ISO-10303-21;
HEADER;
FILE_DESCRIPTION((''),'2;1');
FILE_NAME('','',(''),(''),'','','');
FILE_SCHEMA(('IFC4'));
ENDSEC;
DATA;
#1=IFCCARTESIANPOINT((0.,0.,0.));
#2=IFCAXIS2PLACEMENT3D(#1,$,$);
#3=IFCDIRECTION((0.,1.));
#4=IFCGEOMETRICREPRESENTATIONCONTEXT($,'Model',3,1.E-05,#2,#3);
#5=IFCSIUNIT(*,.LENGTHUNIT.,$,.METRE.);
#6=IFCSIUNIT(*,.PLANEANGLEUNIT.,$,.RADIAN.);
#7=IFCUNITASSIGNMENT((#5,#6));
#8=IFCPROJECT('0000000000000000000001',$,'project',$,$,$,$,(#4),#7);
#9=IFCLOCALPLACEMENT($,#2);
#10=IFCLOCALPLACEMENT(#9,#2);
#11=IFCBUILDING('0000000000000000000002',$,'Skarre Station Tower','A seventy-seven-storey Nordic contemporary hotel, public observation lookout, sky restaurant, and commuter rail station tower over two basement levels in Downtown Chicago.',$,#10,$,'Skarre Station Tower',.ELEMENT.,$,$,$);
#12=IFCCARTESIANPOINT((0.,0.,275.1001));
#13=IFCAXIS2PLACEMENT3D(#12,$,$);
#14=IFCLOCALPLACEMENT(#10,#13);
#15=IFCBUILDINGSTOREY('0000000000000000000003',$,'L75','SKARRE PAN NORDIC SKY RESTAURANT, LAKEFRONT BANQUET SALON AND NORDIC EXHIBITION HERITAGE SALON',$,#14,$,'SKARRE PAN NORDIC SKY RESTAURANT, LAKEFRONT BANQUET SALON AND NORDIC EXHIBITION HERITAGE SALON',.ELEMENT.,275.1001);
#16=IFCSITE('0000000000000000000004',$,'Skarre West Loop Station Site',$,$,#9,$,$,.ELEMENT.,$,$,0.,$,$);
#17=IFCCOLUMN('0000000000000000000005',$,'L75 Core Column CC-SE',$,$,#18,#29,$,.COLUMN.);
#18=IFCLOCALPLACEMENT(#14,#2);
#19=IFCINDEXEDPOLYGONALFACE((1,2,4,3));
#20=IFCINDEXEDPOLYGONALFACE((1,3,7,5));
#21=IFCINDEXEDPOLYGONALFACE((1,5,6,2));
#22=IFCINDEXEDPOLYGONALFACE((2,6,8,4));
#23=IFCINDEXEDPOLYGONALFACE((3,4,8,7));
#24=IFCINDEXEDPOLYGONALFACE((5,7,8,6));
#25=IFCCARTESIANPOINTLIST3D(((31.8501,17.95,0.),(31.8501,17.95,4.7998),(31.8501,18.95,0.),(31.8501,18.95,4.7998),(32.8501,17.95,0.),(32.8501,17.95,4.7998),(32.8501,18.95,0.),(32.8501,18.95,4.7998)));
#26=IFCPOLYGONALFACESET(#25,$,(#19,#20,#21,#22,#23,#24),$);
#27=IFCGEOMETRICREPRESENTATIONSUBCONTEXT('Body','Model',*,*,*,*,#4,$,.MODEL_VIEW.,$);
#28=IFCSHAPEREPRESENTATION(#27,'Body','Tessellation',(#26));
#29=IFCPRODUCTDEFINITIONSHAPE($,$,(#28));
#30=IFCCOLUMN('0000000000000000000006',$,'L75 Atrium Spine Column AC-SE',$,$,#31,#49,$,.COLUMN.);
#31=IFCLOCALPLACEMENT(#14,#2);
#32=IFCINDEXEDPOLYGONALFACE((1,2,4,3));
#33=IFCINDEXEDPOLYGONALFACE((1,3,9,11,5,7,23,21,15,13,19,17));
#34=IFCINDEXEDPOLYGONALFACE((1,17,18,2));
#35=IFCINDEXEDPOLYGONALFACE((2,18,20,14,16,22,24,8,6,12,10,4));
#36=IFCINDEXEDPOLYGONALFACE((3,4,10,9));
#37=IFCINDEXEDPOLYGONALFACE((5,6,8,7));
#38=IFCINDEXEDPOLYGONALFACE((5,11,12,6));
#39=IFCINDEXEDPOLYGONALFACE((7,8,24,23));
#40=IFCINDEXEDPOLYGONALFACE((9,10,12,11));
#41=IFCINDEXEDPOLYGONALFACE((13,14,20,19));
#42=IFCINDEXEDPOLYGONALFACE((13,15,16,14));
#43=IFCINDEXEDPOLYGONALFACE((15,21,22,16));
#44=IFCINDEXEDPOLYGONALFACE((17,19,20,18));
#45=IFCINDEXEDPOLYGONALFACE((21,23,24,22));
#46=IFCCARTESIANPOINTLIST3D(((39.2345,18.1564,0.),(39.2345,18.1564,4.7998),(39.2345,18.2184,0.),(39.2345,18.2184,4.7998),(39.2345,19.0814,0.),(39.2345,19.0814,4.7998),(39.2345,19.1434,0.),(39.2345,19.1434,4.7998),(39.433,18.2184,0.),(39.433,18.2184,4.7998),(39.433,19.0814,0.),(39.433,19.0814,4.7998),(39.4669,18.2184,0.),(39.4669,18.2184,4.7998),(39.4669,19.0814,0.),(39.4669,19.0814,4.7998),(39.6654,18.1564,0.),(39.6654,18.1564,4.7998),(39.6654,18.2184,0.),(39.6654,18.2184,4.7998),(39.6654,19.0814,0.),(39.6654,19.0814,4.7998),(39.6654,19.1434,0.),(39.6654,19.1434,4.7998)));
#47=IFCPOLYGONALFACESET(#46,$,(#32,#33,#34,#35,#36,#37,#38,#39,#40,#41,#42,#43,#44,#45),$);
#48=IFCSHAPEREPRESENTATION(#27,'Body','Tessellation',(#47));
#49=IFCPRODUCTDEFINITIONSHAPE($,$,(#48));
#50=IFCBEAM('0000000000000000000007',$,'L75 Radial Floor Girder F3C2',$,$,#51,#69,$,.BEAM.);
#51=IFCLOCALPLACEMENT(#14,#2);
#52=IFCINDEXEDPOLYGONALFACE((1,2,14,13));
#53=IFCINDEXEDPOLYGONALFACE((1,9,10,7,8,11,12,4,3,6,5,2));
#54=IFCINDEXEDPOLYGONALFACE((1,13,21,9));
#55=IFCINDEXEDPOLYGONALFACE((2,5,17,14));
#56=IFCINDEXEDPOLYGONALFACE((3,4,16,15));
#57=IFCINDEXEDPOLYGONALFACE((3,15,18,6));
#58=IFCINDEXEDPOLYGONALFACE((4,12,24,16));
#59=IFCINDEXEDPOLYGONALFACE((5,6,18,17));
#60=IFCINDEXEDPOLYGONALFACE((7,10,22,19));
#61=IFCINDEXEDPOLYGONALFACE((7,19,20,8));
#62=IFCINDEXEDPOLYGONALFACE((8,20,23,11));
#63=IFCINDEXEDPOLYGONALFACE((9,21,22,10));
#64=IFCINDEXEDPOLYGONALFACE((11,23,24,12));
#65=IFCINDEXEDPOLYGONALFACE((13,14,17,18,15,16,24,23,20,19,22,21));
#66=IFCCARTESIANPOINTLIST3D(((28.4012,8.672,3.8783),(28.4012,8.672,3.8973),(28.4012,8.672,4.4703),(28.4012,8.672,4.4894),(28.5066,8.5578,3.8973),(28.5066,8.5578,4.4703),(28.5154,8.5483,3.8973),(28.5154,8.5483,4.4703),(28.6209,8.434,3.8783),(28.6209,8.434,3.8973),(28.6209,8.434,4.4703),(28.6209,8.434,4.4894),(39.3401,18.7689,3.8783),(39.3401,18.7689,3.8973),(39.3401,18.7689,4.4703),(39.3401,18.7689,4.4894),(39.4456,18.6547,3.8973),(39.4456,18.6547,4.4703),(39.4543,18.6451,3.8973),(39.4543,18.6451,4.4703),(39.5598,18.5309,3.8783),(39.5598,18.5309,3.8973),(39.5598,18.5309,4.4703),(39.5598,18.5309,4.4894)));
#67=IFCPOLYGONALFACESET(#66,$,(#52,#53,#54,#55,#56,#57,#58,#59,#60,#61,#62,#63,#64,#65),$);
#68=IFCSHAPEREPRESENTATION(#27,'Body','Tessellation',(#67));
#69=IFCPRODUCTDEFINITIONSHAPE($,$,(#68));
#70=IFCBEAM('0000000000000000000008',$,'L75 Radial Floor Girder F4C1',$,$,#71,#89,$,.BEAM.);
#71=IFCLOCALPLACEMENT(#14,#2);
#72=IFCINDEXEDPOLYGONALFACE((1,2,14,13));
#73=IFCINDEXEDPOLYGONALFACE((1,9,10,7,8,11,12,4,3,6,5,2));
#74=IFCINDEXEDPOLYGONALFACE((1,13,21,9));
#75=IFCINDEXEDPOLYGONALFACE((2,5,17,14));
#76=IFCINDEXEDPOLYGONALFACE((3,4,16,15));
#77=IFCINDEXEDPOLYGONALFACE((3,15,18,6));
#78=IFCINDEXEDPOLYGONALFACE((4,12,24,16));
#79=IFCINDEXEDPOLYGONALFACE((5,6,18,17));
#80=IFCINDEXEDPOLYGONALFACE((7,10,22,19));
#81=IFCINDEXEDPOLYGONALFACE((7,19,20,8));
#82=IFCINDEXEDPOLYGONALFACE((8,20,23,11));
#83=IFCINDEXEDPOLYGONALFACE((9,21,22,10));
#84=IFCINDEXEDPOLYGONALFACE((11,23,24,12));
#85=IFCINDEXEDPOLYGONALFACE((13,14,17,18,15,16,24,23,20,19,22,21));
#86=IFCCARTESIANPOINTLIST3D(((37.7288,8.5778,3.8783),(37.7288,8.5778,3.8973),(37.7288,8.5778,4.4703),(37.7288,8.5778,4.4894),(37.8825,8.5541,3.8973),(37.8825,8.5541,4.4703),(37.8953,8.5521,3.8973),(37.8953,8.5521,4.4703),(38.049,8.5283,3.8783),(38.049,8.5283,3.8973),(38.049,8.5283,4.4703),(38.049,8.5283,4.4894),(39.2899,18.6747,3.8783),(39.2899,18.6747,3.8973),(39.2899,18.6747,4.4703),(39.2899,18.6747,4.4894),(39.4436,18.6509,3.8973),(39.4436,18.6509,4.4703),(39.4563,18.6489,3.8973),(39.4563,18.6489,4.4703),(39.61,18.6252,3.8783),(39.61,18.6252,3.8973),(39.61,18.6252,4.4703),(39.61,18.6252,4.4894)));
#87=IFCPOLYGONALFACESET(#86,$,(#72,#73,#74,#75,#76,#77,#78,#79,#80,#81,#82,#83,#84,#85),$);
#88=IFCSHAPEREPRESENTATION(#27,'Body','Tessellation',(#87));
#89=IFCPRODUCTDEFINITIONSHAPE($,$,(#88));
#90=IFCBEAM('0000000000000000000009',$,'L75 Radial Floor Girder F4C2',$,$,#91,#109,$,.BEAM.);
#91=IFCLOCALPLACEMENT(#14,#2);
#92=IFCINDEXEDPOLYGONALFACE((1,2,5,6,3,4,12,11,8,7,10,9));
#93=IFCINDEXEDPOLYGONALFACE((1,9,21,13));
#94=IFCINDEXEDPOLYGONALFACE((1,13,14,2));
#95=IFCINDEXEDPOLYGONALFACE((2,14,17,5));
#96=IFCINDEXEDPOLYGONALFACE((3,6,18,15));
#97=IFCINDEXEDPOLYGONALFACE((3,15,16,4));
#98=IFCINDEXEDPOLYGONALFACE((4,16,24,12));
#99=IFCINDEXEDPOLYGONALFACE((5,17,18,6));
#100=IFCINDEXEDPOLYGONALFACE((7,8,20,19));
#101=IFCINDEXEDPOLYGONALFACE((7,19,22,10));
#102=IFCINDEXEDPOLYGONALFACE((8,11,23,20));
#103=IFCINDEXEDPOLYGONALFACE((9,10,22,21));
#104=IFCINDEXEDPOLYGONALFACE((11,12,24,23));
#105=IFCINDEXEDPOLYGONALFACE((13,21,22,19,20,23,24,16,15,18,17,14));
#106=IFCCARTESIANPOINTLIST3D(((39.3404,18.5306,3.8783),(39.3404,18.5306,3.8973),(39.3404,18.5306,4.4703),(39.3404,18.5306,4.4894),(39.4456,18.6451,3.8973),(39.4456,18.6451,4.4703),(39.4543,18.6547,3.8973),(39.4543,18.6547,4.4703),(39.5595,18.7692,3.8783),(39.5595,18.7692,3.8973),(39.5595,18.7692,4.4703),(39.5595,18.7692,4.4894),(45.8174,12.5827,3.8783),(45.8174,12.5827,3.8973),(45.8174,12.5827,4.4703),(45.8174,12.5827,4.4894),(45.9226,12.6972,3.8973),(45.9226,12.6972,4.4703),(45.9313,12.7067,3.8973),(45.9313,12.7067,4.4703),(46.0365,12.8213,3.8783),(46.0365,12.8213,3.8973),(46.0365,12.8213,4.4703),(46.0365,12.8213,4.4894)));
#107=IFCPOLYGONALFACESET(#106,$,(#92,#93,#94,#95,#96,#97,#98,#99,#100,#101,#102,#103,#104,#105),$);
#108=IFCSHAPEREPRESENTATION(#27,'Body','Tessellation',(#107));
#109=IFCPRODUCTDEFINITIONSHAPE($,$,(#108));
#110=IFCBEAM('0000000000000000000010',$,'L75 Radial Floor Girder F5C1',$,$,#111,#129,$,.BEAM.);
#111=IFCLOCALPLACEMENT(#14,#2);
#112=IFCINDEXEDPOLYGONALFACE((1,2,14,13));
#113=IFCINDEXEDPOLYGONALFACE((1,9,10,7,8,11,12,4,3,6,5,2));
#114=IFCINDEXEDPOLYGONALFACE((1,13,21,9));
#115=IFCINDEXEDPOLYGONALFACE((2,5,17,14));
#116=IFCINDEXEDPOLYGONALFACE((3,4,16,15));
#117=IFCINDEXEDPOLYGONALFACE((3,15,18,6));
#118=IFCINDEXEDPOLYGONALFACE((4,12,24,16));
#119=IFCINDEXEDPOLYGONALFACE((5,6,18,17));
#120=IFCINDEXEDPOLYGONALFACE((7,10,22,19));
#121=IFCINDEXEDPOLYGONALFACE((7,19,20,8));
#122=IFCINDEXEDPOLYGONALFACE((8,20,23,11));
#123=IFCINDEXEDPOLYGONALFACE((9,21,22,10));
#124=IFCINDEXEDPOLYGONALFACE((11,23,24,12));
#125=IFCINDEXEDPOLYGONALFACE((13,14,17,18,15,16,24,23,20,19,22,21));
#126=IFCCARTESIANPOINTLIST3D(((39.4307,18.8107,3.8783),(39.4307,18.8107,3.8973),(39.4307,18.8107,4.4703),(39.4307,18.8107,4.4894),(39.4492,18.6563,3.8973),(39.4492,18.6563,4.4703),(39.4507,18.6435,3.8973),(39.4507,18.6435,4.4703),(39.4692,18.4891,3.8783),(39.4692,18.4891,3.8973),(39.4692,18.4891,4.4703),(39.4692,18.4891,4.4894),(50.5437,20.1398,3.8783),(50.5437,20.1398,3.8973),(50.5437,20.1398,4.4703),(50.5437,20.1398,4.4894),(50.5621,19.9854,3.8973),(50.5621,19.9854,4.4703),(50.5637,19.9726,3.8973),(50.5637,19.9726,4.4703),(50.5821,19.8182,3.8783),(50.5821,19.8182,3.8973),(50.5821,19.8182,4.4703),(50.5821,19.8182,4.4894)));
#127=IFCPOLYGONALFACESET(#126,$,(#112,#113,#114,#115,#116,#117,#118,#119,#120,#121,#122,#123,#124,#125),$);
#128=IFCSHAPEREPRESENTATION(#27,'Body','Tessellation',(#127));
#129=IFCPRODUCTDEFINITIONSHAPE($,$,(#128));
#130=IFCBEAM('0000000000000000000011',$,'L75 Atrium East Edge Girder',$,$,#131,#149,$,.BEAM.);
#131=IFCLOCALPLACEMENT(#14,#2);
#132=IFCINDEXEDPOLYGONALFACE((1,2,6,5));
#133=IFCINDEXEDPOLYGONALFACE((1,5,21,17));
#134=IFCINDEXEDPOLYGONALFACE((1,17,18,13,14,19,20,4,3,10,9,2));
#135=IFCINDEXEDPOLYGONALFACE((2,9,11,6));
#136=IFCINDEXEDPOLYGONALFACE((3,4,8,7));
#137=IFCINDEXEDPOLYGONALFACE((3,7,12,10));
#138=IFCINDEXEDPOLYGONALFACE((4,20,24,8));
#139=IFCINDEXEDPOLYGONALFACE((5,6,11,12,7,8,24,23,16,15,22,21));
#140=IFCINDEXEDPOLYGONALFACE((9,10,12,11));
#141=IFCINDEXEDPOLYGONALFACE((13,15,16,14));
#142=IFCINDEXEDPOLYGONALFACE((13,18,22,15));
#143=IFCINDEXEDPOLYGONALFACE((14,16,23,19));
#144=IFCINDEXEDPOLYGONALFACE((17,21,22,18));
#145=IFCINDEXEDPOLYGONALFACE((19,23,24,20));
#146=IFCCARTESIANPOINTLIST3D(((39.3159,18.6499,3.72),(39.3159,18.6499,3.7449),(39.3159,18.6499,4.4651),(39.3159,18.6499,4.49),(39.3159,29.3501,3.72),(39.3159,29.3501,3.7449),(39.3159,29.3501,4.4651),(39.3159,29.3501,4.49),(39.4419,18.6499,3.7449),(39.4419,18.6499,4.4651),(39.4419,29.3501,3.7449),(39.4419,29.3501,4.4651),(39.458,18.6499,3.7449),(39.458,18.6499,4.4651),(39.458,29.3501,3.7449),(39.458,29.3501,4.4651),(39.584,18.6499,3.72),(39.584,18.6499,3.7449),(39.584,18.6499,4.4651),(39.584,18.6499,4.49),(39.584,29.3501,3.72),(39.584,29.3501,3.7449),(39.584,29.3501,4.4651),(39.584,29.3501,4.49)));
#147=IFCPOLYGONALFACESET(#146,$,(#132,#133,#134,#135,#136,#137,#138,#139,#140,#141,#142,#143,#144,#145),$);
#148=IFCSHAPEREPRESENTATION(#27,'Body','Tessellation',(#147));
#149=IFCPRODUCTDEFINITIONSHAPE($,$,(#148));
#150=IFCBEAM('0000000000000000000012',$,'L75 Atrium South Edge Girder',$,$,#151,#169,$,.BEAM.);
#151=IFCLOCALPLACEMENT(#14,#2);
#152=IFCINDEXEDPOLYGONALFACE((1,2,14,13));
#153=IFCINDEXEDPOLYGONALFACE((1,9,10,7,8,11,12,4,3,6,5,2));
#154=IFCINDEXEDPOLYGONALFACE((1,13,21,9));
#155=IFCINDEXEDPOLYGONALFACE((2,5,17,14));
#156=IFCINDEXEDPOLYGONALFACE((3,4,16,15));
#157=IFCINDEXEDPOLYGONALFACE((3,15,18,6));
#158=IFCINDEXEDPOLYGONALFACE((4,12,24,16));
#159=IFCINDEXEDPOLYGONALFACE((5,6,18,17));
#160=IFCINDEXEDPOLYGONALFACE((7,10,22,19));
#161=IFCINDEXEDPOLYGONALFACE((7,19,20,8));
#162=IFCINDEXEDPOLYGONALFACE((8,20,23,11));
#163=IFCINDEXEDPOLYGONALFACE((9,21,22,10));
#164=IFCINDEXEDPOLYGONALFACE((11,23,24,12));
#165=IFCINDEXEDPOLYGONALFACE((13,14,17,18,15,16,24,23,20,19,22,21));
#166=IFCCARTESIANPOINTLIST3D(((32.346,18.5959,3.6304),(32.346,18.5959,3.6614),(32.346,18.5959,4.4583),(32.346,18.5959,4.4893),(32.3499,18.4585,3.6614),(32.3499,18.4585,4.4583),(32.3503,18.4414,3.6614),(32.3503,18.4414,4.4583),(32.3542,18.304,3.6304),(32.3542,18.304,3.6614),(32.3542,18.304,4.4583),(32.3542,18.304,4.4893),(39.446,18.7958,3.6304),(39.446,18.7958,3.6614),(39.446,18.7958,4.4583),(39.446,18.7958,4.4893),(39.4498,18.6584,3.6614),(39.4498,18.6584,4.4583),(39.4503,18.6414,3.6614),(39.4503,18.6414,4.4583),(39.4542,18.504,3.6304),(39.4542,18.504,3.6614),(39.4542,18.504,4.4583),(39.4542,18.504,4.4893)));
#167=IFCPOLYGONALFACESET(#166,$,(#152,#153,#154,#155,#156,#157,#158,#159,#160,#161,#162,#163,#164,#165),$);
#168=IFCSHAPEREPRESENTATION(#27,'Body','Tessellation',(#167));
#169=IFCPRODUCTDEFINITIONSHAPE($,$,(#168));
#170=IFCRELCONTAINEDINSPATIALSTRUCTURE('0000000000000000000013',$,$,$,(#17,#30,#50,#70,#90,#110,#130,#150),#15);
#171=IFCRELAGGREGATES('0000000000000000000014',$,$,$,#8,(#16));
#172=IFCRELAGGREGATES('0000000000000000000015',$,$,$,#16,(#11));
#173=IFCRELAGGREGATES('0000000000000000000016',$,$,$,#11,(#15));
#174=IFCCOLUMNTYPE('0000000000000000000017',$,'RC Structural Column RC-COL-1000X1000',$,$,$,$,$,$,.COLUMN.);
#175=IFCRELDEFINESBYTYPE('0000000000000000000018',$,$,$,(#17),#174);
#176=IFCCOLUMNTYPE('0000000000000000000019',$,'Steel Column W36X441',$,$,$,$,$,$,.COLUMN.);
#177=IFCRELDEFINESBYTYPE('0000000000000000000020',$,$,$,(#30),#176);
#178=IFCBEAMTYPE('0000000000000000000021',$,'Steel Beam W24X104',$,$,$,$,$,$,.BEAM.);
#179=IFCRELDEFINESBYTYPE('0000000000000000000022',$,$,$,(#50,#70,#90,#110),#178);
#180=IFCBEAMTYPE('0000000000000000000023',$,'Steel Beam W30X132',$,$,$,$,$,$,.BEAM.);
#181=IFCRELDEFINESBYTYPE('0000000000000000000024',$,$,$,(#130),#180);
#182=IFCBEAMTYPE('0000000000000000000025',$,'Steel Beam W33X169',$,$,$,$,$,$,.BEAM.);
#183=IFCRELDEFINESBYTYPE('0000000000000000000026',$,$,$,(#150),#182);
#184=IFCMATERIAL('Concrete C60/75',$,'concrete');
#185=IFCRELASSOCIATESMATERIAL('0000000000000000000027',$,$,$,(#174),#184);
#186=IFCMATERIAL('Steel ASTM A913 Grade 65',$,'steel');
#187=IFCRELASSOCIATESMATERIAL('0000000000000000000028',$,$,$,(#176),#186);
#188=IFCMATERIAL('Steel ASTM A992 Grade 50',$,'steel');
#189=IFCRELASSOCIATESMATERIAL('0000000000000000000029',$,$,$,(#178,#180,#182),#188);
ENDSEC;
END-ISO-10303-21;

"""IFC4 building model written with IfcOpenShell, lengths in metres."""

from ifc_helpers import new_model, si_unit, direction, frame, origin, origin_2d, place, context, subcontext, project, spatial, rectangle, i_section, extrude, material, material_profile, profile_set, type_object, element, save


model = new_model("IFC4")

# Units and contexts
model_context = context("Model", 3, precision=1e-05, world=origin(), true_north=direction((0.0, 1.0)))
body_context = subcontext(model_context, "Body", "Model", "MODEL_VIEW")
ifc_project = project(units=[si_unit("LENGTHUNIT", "METRE"), si_unit("PLANEANGLEUNIT", "RADIAN")], contexts=[model_context])

# Site, building, storey
site_placement = place(None, origin())
site = spatial("IfcSite", under=ifc_project, at=site_placement, Name="Skarre West Loop Station Site", CompositionType="ELEMENT", RefElevation=0.0)
building_placement = place(site_placement, origin())
building = spatial("IfcBuilding", under=site, at=building_placement, Name="Skarre Station Tower", Description="A seventy-seven-storey Nordic contemporary hotel, public observation lookout, sky restaurant, and commuter rail station tower over two basement levels in Downtown Chicago.", LongName="Skarre Station Tower", CompositionType="ELEMENT")
storey_placement = place(building_placement, frame((0.0, 0.0, 275.1001)))
storey = spatial("IfcBuildingStorey", under=building, at=storey_placement, Name="L75", Description="SKARRE PAN NORDIC SKY RESTAURANT, LAKEFRONT BANQUET SALON AND NORDIC EXHIBITION HERITAGE SALON", LongName="SKARRE PAN NORDIC SKY RESTAURANT, LAKEFRONT BANQUET SALON AND NORDIC EXHIBITION HERITAGE SALON", CompositionType="ELEMENT", Elevation=275.1001)

# Columns
ifc_material_1 = material(Name="Concrete C60/75", Category="concrete")
ifc_material_profile_1 = material_profile(ifc_material_1, rectangle(XDim=1.0, YDim=1.0, at=origin_2d()), Name="Concrete C60/75")
ifc_profile_set_1 = profile_set([ifc_material_profile_1], Name="Concrete C60/75")
column_type_1 = type_object("IfcColumnType", Name="RC Structural Column RC-COL-1000X1000", PredefinedType="COLUMN", material=ifc_profile_set_1)
column_1_placement = place(storey_placement, frame((32.3501, 18.45, 0.0), z_axis=(0.0, 0.0, 1.0), x_axis=(1.0, 0.0, 0.0)))
element("IfcColumn", 1, at=column_1_placement, inside=storey, type_object=column_type_1, Name="L75 Core Column CC-SE", PredefinedType="COLUMN", context=body_context, shape_type="SweptSolid", body=[
    extrude(rectangle(XDim=1.0, YDim=1.0, at=origin_2d()), origin(), (0.0, 0.0, 1.0), 4.7998),
])
ifc_material_2 = material(Name="Steel ASTM A913 Grade 65", Category="steel")
ifc_material_profile_2 = material_profile(ifc_material_2, i_section(OverallWidth=0.4309, OverallDepth=0.9871, WebThickness=0.0339, FlangeThickness=0.062, at=origin_2d()), Name="Steel ASTM A913 Grade 65")
ifc_profile_set_2 = profile_set([ifc_material_profile_2], Name="Steel ASTM A913 Grade 65")
column_type_2 = type_object("IfcColumnType", Name="Steel Column W36X441", PredefinedType="COLUMN", material=ifc_profile_set_2)
column_2_placement = place(storey_placement, frame((39.45, 18.6499, 0.0), z_axis=(0.0, 0.0, 1.0), x_axis=(1.0, 0.0, 0.0)))
element("IfcColumn", 2, at=column_2_placement, inside=storey, type_object=column_type_2, Name="L75 Atrium Spine Column AC-SE", PredefinedType="COLUMN", context=body_context, shape_type="SweptSolid", body=[
    extrude(i_section(OverallWidth=0.4309, OverallDepth=0.9871, WebThickness=0.0339, FlangeThickness=0.062, at=origin_2d()), origin(), (0.0, 0.0, 1.0), 4.7998),
])

# Beams
ifc_material_3 = material(Name="Steel ASTM A992 Grade 50", Category="steel")
ifc_material_profile_3 = material_profile(ifc_material_3, i_section(OverallWidth=0.324, OverallDepth=0.6111, WebThickness=0.0129, FlangeThickness=0.019, at=origin_2d()), Name="Steel ASTM A992 Grade 50")
ifc_profile_set_3 = profile_set([ifc_material_profile_3], Name="Steel ASTM A992 Grade 50")
beam_type_1 = type_object("IfcBeamType", Name="Steel Beam W24X104", PredefinedType="BEAM", material=ifc_profile_set_3)
beam_1_placement = place(storey_placement, frame((39.45, 18.6499, 4.1838), z_axis=(-0.734823, -0.678259, 0.0), x_axis=(0.678259, -0.734823, 0.0)))
element("IfcBeam", 3, at=beam_1_placement, inside=storey, type_object=beam_type_1, Name="L75 Radial Floor Girder F3C2", PredefinedType="BEAM", context=body_context, shape_type="SweptSolid", body=[
    extrude(i_section(OverallWidth=0.324, OverallDepth=0.6111, WebThickness=0.0129, FlangeThickness=0.019, at=origin_2d()), origin(), (0.0, 0.0, 1.0), 14.8865),
])
beam_2_placement = place(storey_placement, frame((39.45, 18.6499, 4.1838), z_axis=(-0.15279, -0.988259, 0.0), x_axis=(0.988259, -0.15279, 0.0)))
element("IfcBeam", 4, at=beam_2_placement, inside=storey, type_object=beam_type_1, Name="L75 Radial Floor Girder F4C1", PredefinedType="BEAM", context=body_context, shape_type="SweptSolid", body=[
    extrude(i_section(OverallWidth=0.324, OverallDepth=0.6111, WebThickness=0.0129, FlangeThickness=0.019, at=origin_2d()), origin(), (0.0, 0.0, 1.0), 10.2168),
])
beam_3_placement = place(storey_placement, frame((39.45, 18.6499, 4.1838), z_axis=(0.736548, -0.676386, 0.0), x_axis=(0.676386, 0.736548, 0.0)))
element("IfcBeam", 5, at=beam_3_placement, inside=storey, type_object=beam_type_1, Name="L75 Radial Floor Girder F4C2", PredefinedType="BEAM", context=body_context, shape_type="SweptSolid", body=[
    extrude(i_section(OverallWidth=0.324, OverallDepth=0.6111, WebThickness=0.0129, FlangeThickness=0.019, at=origin_2d()), origin(), (0.0, 0.0, 1.0), 8.7937),
])
beam_4_placement = place(storey_placement, frame((39.45, 18.6499, 4.1838), z_axis=(0.992924, 0.118752, 0.0), x_axis=(-0.118752, 0.992924, 0.0)))
element("IfcBeam", 6, at=beam_4_placement, inside=storey, type_object=beam_type_1, Name="L75 Radial Floor Girder F5C1", PredefinedType="BEAM", context=body_context, shape_type="SweptSolid", body=[
    extrude(i_section(OverallWidth=0.324, OverallDepth=0.6111, WebThickness=0.0129, FlangeThickness=0.019, at=origin_2d()), origin(), (0.0, 0.0, 1.0), 11.1921),
])
ifc_material_profile_4 = material_profile(ifc_material_3, i_section(OverallWidth=0.2681, OverallDepth=0.77, WebThickness=0.0161, FlangeThickness=0.0249, at=origin_2d()), Name="Steel ASTM A992 Grade 50")
ifc_profile_set_4 = profile_set([ifc_material_profile_4], Name="Steel ASTM A992 Grade 50")
beam_type_2 = type_object("IfcBeamType", Name="Steel Beam W30X132", PredefinedType="BEAM", material=ifc_profile_set_4)
beam_5_placement = place(storey_placement, frame((39.45, 18.6499, 4.105), z_axis=(0.0, 1.0, 0.0), x_axis=(-1.0, 0.0, 0.0)))
element("IfcBeam", 7, at=beam_5_placement, inside=storey, type_object=beam_type_2, Name="L75 Atrium East Edge Girder", PredefinedType="BEAM", context=body_context, shape_type="SweptSolid", body=[
    extrude(i_section(OverallWidth=0.2681, OverallDepth=0.77, WebThickness=0.0161, FlangeThickness=0.0249, at=origin_2d()), origin(), (0.0, 0.0, 1.0), 10.7002),
])
ifc_material_profile_5 = material_profile(ifc_material_3, i_section(OverallWidth=0.292, OverallDepth=0.8589, WebThickness=0.0171, FlangeThickness=0.031, at=origin_2d()), Name="Steel ASTM A992 Grade 50")
ifc_profile_set_5 = profile_set([ifc_material_profile_5], Name="Steel ASTM A992 Grade 50")
beam_type_3 = type_object("IfcBeamType", Name="Steel Beam W33X169", PredefinedType="BEAM", material=ifc_profile_set_5)
beam_6_placement = place(storey_placement, frame((32.3501, 18.45, 4.0598), z_axis=(0.999604, 0.028152, 0.0), x_axis=(-0.028152, 0.999604, 0.0)))
element("IfcBeam", 8, at=beam_6_placement, inside=storey, type_object=beam_type_3, Name="L75 Atrium South Edge Girder", PredefinedType="BEAM", context=body_context, shape_type="SweptSolid", body=[
    extrude(i_section(OverallWidth=0.292, OverallDepth=0.8589, WebThickness=0.0171, FlangeThickness=0.031, at=origin_2d()), origin(), (0.0, 0.0, 1.0), 7.1028),
])

save(model, "model.ifc")
